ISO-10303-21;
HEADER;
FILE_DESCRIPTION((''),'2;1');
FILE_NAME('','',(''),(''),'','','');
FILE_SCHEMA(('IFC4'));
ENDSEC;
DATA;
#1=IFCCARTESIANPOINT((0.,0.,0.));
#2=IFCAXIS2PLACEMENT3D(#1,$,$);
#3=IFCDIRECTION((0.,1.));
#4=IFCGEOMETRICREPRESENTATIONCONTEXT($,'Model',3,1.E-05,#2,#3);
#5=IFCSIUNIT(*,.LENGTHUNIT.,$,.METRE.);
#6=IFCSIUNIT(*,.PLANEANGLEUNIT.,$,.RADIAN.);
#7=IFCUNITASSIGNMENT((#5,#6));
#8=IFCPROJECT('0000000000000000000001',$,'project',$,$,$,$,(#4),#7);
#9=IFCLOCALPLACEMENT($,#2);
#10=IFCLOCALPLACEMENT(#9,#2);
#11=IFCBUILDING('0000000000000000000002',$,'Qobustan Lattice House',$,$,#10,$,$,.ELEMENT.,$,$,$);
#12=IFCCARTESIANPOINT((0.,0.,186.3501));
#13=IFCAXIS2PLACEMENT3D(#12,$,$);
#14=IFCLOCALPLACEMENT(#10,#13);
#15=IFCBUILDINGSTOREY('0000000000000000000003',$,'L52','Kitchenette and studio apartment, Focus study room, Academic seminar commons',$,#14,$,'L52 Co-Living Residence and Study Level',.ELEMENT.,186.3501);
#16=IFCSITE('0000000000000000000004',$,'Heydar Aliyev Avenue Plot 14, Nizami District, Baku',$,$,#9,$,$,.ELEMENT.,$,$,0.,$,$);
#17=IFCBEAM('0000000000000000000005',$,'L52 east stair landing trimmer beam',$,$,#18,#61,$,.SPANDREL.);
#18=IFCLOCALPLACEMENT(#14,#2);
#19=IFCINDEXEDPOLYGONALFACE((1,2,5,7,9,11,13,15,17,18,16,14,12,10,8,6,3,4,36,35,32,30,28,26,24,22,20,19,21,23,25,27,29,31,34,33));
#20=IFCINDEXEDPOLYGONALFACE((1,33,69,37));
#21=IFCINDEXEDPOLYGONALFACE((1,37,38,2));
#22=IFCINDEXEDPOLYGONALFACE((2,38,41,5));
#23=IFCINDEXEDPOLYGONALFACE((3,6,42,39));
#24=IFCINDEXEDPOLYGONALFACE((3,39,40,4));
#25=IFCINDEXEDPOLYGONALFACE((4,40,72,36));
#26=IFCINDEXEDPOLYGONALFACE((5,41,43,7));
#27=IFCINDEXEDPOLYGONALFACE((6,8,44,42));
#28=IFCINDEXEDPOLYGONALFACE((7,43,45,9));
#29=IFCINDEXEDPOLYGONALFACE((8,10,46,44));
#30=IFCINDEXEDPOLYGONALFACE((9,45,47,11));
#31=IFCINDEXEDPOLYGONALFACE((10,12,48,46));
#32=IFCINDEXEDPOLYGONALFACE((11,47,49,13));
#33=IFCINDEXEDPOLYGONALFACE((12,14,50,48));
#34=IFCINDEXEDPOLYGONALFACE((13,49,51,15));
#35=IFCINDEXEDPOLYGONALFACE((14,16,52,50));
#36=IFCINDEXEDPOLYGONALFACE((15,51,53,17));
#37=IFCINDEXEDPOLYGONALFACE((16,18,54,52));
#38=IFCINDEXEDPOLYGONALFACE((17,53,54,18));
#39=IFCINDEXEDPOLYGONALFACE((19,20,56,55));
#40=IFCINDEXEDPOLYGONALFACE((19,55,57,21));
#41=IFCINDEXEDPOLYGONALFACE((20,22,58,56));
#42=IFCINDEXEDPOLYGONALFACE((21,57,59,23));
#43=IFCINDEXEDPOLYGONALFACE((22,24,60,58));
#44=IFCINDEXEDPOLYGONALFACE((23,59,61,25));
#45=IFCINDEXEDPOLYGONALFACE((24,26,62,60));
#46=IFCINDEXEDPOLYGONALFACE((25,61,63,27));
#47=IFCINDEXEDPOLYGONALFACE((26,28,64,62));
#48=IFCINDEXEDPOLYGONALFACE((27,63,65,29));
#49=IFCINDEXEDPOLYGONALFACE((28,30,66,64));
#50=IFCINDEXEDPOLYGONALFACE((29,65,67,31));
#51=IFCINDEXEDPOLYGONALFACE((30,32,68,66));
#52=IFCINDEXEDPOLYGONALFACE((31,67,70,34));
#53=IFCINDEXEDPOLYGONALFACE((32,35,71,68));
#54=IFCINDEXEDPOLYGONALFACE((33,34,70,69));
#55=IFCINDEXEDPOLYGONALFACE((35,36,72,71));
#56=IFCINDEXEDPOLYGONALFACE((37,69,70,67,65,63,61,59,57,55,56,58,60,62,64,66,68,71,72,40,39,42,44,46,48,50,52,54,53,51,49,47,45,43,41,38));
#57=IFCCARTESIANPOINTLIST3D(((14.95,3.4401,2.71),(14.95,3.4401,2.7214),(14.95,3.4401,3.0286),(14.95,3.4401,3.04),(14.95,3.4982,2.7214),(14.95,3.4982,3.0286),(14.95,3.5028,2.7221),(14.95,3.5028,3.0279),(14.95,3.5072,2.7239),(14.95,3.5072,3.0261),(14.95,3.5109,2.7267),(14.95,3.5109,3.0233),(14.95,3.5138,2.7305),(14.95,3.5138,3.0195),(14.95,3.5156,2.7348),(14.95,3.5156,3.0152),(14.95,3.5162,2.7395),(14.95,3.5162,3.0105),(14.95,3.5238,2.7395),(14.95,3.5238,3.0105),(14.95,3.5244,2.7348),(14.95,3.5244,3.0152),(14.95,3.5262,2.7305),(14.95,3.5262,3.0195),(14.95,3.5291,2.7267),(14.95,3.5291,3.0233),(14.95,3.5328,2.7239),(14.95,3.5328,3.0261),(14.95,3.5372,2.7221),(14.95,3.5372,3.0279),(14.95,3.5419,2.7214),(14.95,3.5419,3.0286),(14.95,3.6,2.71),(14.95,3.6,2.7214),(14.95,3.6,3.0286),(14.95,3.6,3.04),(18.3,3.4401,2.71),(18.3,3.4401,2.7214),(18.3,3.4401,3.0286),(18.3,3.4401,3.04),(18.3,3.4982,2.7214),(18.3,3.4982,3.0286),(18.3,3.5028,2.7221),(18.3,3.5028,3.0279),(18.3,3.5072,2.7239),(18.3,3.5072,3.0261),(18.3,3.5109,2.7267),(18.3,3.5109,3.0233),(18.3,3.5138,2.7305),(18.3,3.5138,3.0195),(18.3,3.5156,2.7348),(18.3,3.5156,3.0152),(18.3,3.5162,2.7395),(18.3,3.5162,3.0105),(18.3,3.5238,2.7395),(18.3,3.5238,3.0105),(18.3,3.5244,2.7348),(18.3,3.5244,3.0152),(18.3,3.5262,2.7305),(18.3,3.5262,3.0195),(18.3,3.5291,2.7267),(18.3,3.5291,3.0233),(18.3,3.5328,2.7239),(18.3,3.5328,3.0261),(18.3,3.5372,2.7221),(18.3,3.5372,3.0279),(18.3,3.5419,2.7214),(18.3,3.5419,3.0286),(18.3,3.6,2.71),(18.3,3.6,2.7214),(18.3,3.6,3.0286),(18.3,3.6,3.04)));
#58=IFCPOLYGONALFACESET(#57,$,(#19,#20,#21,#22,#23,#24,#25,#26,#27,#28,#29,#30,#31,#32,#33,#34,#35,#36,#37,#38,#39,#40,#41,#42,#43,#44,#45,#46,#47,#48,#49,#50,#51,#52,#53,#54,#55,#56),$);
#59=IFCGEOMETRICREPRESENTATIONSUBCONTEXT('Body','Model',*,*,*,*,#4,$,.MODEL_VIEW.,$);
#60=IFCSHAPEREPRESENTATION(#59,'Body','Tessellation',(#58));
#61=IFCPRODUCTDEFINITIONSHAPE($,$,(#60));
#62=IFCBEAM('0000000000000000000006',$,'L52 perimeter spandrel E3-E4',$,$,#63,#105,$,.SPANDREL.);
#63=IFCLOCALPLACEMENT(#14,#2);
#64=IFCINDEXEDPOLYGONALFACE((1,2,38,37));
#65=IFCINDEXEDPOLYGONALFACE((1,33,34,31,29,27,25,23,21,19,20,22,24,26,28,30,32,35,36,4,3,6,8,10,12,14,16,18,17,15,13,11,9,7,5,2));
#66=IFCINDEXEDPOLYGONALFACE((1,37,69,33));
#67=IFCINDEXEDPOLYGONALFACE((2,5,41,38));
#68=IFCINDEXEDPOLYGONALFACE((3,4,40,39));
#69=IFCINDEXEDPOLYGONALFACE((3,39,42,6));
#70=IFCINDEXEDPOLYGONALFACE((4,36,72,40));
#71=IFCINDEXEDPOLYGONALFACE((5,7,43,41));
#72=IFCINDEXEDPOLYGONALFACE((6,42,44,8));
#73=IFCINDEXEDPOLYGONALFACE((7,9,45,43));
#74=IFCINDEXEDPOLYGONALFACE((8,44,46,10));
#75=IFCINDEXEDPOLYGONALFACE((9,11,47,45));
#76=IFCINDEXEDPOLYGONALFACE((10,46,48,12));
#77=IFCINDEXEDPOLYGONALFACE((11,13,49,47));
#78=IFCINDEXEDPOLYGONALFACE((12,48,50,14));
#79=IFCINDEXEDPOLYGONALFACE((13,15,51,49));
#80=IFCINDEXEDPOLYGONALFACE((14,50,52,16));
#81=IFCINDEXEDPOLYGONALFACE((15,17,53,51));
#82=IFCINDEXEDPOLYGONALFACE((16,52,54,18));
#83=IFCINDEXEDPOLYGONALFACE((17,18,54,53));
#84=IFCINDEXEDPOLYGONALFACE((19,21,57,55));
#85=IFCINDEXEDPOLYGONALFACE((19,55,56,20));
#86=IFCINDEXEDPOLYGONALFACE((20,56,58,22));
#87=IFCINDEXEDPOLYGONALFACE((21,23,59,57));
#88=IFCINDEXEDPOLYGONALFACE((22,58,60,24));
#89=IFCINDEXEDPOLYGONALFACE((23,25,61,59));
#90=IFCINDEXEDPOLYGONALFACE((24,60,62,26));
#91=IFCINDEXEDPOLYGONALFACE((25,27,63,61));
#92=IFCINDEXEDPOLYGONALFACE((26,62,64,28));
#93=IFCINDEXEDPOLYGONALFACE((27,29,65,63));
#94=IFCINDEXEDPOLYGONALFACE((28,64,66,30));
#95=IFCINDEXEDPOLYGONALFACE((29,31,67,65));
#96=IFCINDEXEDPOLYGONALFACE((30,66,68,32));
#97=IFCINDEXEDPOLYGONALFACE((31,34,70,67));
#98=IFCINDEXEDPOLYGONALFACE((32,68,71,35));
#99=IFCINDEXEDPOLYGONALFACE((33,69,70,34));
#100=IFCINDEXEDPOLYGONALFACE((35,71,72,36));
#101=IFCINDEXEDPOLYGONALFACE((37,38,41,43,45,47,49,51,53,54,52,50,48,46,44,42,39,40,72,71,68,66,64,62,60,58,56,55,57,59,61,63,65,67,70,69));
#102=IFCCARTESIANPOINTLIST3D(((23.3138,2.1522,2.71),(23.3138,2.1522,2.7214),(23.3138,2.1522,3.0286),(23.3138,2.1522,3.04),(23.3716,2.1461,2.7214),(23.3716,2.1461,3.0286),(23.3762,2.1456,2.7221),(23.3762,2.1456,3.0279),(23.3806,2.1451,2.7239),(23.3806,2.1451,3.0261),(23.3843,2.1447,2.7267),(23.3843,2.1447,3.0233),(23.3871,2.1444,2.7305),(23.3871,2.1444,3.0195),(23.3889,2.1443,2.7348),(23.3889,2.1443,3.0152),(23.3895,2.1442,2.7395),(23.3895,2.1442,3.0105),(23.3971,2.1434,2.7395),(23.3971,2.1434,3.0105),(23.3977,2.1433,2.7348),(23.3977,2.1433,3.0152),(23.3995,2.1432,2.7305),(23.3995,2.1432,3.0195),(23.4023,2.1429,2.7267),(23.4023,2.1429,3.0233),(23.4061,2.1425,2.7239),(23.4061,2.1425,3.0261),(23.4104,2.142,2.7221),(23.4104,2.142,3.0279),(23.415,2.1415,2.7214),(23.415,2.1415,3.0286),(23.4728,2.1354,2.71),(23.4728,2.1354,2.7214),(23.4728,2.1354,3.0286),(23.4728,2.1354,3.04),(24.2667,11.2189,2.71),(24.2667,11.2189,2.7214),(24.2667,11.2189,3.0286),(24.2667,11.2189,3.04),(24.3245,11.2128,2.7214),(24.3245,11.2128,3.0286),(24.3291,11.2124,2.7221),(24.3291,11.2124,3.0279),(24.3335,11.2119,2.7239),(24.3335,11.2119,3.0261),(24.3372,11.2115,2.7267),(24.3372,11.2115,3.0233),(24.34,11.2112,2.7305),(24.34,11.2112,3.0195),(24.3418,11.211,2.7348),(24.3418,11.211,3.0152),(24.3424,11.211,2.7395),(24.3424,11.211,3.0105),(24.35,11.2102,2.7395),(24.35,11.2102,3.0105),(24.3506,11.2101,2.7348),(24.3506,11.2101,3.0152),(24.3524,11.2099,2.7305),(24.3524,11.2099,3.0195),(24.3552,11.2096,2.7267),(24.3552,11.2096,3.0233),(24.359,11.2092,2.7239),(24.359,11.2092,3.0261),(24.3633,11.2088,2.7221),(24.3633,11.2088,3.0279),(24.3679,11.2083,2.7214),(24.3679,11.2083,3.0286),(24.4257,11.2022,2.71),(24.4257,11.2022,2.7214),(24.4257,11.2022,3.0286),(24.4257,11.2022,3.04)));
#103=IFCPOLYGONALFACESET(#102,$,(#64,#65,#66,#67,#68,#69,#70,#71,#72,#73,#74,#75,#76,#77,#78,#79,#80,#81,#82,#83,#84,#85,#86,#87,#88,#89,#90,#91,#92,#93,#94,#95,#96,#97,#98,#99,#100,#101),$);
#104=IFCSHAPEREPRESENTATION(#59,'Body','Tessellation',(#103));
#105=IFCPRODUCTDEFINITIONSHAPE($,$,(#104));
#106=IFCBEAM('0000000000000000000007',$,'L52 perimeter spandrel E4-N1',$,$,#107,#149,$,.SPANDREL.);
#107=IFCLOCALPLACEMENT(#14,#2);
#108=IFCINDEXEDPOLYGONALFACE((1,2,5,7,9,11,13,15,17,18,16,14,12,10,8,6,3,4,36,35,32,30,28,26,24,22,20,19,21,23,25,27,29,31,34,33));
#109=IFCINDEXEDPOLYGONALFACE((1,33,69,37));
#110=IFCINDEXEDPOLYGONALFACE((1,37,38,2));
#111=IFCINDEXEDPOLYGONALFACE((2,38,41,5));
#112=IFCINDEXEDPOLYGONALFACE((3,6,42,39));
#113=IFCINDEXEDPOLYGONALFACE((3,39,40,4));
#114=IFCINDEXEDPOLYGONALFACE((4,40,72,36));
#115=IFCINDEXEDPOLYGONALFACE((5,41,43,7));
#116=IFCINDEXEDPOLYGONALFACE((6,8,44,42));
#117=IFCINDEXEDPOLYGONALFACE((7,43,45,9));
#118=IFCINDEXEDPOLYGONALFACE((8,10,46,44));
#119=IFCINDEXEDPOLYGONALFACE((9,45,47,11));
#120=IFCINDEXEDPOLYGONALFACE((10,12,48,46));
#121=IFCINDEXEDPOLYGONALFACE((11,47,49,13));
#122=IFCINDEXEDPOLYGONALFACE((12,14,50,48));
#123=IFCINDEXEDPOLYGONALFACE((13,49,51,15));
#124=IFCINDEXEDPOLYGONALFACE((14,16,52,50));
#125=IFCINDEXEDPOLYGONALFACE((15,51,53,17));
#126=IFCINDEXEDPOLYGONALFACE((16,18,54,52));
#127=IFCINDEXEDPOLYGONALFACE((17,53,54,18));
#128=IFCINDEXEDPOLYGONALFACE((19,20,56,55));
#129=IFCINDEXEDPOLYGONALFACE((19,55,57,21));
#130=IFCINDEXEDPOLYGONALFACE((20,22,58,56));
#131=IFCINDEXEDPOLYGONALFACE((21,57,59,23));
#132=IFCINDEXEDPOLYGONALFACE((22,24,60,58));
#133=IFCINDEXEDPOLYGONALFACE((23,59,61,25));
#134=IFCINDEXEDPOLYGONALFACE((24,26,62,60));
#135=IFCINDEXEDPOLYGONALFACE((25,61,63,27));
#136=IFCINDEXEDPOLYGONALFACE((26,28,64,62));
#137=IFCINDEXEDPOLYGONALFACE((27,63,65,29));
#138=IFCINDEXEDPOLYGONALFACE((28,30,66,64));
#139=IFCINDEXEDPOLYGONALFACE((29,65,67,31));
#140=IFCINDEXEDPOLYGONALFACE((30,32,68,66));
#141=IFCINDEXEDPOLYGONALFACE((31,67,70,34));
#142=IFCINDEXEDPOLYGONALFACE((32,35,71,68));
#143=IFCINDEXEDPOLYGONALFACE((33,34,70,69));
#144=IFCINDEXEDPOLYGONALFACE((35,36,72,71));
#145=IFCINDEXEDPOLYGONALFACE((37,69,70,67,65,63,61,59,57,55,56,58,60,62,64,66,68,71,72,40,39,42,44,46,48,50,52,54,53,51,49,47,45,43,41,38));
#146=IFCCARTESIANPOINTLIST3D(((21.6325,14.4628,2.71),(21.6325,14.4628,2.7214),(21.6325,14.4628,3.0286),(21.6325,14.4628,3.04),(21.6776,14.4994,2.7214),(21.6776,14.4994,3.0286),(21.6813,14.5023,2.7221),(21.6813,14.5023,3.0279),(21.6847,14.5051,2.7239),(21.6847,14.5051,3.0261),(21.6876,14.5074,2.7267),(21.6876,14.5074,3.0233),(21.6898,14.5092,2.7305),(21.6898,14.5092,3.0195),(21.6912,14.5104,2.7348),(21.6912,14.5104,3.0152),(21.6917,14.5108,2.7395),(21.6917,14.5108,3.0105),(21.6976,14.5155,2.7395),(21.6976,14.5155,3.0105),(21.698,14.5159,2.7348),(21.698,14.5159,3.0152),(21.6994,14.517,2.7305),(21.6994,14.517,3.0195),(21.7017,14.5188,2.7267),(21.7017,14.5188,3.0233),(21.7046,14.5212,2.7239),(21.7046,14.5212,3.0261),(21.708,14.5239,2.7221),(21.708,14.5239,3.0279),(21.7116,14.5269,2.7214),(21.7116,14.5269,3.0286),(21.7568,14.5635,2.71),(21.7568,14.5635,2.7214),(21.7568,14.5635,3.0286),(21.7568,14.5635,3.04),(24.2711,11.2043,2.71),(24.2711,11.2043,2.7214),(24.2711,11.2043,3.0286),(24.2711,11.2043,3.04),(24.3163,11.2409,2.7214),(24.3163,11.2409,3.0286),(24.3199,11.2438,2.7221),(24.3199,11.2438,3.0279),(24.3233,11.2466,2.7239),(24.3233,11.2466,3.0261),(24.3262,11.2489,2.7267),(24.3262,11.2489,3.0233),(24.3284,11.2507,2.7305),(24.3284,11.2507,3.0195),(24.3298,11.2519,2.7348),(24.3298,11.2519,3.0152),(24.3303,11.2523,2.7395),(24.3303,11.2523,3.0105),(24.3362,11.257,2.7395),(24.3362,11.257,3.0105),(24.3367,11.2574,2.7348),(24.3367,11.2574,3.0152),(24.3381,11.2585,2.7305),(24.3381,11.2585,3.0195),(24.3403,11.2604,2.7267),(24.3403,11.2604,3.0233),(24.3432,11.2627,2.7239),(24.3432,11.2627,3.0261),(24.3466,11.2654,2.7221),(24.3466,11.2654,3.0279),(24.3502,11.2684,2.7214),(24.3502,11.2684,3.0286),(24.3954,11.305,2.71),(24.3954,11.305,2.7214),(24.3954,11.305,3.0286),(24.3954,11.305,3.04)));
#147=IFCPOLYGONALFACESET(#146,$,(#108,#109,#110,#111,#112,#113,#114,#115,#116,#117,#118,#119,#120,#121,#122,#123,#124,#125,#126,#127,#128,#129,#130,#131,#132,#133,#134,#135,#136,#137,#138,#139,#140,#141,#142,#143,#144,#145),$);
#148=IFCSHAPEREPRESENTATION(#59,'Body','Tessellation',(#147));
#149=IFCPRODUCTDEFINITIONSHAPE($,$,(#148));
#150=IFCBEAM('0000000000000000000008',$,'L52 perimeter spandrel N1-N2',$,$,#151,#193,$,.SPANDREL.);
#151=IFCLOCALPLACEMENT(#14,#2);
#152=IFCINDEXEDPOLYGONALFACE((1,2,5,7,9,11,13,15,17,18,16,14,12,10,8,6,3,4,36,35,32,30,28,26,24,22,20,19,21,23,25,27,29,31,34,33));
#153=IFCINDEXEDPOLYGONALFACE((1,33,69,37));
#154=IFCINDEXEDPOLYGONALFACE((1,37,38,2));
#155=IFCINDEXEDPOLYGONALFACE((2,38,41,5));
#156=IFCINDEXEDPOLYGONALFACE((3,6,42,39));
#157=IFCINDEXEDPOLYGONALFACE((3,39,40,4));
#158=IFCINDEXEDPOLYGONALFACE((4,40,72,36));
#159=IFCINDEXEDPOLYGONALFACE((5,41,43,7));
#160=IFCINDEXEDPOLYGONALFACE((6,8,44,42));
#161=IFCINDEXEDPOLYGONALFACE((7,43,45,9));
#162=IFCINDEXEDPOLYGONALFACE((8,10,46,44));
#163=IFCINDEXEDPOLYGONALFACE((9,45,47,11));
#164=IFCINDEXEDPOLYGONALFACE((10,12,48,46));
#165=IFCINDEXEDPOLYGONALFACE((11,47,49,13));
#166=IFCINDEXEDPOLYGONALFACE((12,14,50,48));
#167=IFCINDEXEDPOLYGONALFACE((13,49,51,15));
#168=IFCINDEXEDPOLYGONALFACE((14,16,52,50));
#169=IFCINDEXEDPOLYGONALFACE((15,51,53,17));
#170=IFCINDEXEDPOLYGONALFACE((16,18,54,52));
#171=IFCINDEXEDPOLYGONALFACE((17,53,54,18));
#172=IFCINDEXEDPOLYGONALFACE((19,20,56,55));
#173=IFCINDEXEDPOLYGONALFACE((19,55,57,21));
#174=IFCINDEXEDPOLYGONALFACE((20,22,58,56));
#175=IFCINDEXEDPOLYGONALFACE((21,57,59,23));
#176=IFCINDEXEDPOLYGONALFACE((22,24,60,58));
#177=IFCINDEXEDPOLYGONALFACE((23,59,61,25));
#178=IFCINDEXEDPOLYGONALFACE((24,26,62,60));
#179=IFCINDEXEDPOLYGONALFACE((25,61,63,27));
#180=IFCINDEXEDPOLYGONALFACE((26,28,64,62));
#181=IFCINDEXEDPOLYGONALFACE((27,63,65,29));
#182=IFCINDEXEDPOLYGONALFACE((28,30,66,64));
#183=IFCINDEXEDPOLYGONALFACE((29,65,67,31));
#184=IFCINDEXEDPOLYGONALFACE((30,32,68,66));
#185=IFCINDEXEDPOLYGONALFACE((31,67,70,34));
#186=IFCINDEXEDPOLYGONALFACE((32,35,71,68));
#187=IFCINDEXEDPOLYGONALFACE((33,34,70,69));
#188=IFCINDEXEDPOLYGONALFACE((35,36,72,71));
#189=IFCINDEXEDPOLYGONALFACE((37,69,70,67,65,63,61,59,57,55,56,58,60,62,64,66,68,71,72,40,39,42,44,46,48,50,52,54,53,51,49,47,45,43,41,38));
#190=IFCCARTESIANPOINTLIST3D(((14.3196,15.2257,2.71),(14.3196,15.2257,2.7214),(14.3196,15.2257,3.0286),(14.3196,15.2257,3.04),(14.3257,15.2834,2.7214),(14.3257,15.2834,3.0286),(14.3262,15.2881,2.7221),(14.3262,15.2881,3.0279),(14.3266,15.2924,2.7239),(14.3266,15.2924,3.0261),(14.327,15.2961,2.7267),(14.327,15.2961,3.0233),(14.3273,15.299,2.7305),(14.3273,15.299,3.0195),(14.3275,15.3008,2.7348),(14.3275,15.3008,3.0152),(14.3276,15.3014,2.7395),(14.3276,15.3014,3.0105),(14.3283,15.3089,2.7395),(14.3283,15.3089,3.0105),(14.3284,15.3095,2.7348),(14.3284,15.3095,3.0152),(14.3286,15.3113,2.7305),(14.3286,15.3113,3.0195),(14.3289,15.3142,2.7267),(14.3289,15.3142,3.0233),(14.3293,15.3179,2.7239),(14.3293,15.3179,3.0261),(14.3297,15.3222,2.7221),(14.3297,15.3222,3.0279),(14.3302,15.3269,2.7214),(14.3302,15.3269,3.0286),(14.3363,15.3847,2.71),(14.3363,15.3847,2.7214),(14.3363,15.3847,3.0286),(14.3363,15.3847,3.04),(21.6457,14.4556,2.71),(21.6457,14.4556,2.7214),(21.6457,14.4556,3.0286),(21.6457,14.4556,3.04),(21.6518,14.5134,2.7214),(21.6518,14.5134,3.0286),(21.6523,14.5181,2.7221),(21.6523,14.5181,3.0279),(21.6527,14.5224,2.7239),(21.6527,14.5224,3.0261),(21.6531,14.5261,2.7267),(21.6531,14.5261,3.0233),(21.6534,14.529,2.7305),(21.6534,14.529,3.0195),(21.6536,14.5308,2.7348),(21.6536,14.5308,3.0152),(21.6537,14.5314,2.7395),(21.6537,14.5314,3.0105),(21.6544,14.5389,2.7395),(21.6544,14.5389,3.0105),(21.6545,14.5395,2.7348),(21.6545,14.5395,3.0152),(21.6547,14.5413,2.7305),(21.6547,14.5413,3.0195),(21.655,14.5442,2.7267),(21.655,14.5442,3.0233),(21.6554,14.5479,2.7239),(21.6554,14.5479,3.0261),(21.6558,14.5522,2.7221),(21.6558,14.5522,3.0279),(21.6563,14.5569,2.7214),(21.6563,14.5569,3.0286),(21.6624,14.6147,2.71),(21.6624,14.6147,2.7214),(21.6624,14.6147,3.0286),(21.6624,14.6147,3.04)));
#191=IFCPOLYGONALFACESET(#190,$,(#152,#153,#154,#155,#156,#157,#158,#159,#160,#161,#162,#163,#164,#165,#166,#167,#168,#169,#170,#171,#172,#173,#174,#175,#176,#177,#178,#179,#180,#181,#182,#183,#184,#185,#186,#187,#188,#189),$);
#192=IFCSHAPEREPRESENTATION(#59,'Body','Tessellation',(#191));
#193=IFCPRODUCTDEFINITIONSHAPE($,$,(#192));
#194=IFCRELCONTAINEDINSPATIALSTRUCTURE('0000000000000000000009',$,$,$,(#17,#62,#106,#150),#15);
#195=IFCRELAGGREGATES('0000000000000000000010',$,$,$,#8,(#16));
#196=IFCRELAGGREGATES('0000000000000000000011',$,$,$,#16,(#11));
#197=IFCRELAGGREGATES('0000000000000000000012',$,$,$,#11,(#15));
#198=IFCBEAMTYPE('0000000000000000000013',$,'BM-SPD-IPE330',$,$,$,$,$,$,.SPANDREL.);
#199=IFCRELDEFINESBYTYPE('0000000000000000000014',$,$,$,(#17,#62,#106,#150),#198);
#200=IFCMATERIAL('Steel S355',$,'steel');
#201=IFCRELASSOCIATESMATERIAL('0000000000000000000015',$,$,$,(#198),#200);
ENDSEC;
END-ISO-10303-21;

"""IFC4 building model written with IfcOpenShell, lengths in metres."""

from ifc_helpers import new_model, si_unit, direction, frame, origin, origin_2d, place, context, subcontext, project, spatial, i_section, extrude, material, material_profile, profile_set, type_object, element, save


model = new_model("IFC4")

# Units and contexts
model_context = context("Model", 3, precision=1e-05, world=origin(), true_north=direction((0.0, 1.0)))
body_context = subcontext(model_context, "Body", "Model", "MODEL_VIEW")
ifc_project = project(units=[si_unit("LENGTHUNIT", "METRE"), si_unit("PLANEANGLEUNIT", "RADIAN")], contexts=[model_context])

# Site, building, storey
site_placement = place(None, origin())
site = spatial("IfcSite", under=ifc_project, at=site_placement, Name="Heydar Aliyev Avenue Plot 14, Nizami District, Baku", CompositionType="ELEMENT", RefElevation=0.0)
building_placement = place(site_placement, origin())
building = spatial("IfcBuilding", under=site, at=building_placement, Name="Qobustan Lattice House", CompositionType="ELEMENT")
storey_placement = place(building_placement, frame((0.0, 0.0, 186.3501)))
storey = spatial("IfcBuildingStorey", under=building, at=storey_placement, Name="L52", Description="Kitchenette and studio apartment, Focus study room, Academic seminar commons", LongName="L52 Co-Living Residence and Study Level", CompositionType="ELEMENT", Elevation=186.3501)

# Beams
ifc_material_1 = material(Name="Steel S355", Category="steel")
ifc_material_profile_1 = material_profile(ifc_material_1, i_section(OverallWidth=0.1599, OverallDepth=0.3301, WebThickness=0.0076, FlangeThickness=0.0115, FilletRadius=0.0181, at=origin_2d()), Name="IPE330")
ifc_profile_set_1 = profile_set([ifc_material_profile_1], Name="Steel S355")
beam_type_1 = type_object("IfcBeamType", Name="BM-SPD-IPE330", PredefinedType="SPANDREL", material=ifc_profile_set_1)
beam_1_placement = place(storey_placement, frame((14.95, 3.52, 2.875), z_axis=(1.0, 0.0, 0.0), x_axis=(0.0, 1.0, 0.0)))
element("IfcBeam", 1, at=beam_1_placement, inside=storey, type_object=beam_type_1, Name="L52 east stair landing trimmer beam", PredefinedType="SPANDREL", context=body_context, shape_type="SweptSolid", body=[
    extrude(i_section(OverallWidth=0.1599, OverallDepth=0.3301, WebThickness=0.0076, FlangeThickness=0.0115, FilletRadius=0.0181, at=origin_2d()), origin(), (0.0, 0.0, 1.0), 3.3501),
])
beam_2_placement = place(storey_placement, frame((23.3933, 2.1438, 2.875), z_axis=(0.104522, 0.994523, 0.0), x_axis=(-0.994523, 0.104522, 0.0)))
element("IfcBeam", 2, at=beam_2_placement, inside=storey, type_object=beam_type_1, Name="L52 perimeter spandrel E3-E4", PredefinedType="SPANDREL", context=body_context, shape_type="SweptSolid", body=[
    extrude(i_section(OverallWidth=0.1599, OverallDepth=0.3301, WebThickness=0.0076, FlangeThickness=0.0115, FilletRadius=0.0181, at=origin_2d()), origin(), (0.0, 0.0, 1.0), 9.1167),
])
beam_3_placement = place(storey_placement, frame((24.3333, 11.2546, 2.875), z_axis=(-0.629314, 0.777151, 0.0), x_axis=(-0.777151, -0.629314, 0.0)))
element("IfcBeam", 3, at=beam_3_placement, inside=storey, type_object=beam_type_1, Name="L52 perimeter spandrel E4-N1", PredefinedType="SPANDREL", context=body_context, shape_type="SweptSolid", body=[
    extrude(i_section(OverallWidth=0.1599, OverallDepth=0.3301, WebThickness=0.0076, FlangeThickness=0.0115, FilletRadius=0.0181, at=origin_2d()), origin(), (0.0, 0.0, 1.0), 4.1929),
])
beam_4_placement = place(storey_placement, frame((21.6541, 14.5352, 2.875), z_axis=(-0.994522, 0.10453, 0.0), x_axis=(-0.10453, -0.994522, 0.0)))
element("IfcBeam", 4, at=beam_4_placement, inside=storey, type_object=beam_type_1, Name="L52 perimeter spandrel N1-N2", PredefinedType="SPANDREL", context=body_context, shape_type="SweptSolid", body=[
    extrude(i_section(OverallWidth=0.1599, OverallDepth=0.3301, WebThickness=0.0076, FlangeThickness=0.0115, FilletRadius=0.0181, at=origin_2d()), origin(), (0.0, 0.0, 1.0), 7.3665),
])

save(model, "model.ifc")
